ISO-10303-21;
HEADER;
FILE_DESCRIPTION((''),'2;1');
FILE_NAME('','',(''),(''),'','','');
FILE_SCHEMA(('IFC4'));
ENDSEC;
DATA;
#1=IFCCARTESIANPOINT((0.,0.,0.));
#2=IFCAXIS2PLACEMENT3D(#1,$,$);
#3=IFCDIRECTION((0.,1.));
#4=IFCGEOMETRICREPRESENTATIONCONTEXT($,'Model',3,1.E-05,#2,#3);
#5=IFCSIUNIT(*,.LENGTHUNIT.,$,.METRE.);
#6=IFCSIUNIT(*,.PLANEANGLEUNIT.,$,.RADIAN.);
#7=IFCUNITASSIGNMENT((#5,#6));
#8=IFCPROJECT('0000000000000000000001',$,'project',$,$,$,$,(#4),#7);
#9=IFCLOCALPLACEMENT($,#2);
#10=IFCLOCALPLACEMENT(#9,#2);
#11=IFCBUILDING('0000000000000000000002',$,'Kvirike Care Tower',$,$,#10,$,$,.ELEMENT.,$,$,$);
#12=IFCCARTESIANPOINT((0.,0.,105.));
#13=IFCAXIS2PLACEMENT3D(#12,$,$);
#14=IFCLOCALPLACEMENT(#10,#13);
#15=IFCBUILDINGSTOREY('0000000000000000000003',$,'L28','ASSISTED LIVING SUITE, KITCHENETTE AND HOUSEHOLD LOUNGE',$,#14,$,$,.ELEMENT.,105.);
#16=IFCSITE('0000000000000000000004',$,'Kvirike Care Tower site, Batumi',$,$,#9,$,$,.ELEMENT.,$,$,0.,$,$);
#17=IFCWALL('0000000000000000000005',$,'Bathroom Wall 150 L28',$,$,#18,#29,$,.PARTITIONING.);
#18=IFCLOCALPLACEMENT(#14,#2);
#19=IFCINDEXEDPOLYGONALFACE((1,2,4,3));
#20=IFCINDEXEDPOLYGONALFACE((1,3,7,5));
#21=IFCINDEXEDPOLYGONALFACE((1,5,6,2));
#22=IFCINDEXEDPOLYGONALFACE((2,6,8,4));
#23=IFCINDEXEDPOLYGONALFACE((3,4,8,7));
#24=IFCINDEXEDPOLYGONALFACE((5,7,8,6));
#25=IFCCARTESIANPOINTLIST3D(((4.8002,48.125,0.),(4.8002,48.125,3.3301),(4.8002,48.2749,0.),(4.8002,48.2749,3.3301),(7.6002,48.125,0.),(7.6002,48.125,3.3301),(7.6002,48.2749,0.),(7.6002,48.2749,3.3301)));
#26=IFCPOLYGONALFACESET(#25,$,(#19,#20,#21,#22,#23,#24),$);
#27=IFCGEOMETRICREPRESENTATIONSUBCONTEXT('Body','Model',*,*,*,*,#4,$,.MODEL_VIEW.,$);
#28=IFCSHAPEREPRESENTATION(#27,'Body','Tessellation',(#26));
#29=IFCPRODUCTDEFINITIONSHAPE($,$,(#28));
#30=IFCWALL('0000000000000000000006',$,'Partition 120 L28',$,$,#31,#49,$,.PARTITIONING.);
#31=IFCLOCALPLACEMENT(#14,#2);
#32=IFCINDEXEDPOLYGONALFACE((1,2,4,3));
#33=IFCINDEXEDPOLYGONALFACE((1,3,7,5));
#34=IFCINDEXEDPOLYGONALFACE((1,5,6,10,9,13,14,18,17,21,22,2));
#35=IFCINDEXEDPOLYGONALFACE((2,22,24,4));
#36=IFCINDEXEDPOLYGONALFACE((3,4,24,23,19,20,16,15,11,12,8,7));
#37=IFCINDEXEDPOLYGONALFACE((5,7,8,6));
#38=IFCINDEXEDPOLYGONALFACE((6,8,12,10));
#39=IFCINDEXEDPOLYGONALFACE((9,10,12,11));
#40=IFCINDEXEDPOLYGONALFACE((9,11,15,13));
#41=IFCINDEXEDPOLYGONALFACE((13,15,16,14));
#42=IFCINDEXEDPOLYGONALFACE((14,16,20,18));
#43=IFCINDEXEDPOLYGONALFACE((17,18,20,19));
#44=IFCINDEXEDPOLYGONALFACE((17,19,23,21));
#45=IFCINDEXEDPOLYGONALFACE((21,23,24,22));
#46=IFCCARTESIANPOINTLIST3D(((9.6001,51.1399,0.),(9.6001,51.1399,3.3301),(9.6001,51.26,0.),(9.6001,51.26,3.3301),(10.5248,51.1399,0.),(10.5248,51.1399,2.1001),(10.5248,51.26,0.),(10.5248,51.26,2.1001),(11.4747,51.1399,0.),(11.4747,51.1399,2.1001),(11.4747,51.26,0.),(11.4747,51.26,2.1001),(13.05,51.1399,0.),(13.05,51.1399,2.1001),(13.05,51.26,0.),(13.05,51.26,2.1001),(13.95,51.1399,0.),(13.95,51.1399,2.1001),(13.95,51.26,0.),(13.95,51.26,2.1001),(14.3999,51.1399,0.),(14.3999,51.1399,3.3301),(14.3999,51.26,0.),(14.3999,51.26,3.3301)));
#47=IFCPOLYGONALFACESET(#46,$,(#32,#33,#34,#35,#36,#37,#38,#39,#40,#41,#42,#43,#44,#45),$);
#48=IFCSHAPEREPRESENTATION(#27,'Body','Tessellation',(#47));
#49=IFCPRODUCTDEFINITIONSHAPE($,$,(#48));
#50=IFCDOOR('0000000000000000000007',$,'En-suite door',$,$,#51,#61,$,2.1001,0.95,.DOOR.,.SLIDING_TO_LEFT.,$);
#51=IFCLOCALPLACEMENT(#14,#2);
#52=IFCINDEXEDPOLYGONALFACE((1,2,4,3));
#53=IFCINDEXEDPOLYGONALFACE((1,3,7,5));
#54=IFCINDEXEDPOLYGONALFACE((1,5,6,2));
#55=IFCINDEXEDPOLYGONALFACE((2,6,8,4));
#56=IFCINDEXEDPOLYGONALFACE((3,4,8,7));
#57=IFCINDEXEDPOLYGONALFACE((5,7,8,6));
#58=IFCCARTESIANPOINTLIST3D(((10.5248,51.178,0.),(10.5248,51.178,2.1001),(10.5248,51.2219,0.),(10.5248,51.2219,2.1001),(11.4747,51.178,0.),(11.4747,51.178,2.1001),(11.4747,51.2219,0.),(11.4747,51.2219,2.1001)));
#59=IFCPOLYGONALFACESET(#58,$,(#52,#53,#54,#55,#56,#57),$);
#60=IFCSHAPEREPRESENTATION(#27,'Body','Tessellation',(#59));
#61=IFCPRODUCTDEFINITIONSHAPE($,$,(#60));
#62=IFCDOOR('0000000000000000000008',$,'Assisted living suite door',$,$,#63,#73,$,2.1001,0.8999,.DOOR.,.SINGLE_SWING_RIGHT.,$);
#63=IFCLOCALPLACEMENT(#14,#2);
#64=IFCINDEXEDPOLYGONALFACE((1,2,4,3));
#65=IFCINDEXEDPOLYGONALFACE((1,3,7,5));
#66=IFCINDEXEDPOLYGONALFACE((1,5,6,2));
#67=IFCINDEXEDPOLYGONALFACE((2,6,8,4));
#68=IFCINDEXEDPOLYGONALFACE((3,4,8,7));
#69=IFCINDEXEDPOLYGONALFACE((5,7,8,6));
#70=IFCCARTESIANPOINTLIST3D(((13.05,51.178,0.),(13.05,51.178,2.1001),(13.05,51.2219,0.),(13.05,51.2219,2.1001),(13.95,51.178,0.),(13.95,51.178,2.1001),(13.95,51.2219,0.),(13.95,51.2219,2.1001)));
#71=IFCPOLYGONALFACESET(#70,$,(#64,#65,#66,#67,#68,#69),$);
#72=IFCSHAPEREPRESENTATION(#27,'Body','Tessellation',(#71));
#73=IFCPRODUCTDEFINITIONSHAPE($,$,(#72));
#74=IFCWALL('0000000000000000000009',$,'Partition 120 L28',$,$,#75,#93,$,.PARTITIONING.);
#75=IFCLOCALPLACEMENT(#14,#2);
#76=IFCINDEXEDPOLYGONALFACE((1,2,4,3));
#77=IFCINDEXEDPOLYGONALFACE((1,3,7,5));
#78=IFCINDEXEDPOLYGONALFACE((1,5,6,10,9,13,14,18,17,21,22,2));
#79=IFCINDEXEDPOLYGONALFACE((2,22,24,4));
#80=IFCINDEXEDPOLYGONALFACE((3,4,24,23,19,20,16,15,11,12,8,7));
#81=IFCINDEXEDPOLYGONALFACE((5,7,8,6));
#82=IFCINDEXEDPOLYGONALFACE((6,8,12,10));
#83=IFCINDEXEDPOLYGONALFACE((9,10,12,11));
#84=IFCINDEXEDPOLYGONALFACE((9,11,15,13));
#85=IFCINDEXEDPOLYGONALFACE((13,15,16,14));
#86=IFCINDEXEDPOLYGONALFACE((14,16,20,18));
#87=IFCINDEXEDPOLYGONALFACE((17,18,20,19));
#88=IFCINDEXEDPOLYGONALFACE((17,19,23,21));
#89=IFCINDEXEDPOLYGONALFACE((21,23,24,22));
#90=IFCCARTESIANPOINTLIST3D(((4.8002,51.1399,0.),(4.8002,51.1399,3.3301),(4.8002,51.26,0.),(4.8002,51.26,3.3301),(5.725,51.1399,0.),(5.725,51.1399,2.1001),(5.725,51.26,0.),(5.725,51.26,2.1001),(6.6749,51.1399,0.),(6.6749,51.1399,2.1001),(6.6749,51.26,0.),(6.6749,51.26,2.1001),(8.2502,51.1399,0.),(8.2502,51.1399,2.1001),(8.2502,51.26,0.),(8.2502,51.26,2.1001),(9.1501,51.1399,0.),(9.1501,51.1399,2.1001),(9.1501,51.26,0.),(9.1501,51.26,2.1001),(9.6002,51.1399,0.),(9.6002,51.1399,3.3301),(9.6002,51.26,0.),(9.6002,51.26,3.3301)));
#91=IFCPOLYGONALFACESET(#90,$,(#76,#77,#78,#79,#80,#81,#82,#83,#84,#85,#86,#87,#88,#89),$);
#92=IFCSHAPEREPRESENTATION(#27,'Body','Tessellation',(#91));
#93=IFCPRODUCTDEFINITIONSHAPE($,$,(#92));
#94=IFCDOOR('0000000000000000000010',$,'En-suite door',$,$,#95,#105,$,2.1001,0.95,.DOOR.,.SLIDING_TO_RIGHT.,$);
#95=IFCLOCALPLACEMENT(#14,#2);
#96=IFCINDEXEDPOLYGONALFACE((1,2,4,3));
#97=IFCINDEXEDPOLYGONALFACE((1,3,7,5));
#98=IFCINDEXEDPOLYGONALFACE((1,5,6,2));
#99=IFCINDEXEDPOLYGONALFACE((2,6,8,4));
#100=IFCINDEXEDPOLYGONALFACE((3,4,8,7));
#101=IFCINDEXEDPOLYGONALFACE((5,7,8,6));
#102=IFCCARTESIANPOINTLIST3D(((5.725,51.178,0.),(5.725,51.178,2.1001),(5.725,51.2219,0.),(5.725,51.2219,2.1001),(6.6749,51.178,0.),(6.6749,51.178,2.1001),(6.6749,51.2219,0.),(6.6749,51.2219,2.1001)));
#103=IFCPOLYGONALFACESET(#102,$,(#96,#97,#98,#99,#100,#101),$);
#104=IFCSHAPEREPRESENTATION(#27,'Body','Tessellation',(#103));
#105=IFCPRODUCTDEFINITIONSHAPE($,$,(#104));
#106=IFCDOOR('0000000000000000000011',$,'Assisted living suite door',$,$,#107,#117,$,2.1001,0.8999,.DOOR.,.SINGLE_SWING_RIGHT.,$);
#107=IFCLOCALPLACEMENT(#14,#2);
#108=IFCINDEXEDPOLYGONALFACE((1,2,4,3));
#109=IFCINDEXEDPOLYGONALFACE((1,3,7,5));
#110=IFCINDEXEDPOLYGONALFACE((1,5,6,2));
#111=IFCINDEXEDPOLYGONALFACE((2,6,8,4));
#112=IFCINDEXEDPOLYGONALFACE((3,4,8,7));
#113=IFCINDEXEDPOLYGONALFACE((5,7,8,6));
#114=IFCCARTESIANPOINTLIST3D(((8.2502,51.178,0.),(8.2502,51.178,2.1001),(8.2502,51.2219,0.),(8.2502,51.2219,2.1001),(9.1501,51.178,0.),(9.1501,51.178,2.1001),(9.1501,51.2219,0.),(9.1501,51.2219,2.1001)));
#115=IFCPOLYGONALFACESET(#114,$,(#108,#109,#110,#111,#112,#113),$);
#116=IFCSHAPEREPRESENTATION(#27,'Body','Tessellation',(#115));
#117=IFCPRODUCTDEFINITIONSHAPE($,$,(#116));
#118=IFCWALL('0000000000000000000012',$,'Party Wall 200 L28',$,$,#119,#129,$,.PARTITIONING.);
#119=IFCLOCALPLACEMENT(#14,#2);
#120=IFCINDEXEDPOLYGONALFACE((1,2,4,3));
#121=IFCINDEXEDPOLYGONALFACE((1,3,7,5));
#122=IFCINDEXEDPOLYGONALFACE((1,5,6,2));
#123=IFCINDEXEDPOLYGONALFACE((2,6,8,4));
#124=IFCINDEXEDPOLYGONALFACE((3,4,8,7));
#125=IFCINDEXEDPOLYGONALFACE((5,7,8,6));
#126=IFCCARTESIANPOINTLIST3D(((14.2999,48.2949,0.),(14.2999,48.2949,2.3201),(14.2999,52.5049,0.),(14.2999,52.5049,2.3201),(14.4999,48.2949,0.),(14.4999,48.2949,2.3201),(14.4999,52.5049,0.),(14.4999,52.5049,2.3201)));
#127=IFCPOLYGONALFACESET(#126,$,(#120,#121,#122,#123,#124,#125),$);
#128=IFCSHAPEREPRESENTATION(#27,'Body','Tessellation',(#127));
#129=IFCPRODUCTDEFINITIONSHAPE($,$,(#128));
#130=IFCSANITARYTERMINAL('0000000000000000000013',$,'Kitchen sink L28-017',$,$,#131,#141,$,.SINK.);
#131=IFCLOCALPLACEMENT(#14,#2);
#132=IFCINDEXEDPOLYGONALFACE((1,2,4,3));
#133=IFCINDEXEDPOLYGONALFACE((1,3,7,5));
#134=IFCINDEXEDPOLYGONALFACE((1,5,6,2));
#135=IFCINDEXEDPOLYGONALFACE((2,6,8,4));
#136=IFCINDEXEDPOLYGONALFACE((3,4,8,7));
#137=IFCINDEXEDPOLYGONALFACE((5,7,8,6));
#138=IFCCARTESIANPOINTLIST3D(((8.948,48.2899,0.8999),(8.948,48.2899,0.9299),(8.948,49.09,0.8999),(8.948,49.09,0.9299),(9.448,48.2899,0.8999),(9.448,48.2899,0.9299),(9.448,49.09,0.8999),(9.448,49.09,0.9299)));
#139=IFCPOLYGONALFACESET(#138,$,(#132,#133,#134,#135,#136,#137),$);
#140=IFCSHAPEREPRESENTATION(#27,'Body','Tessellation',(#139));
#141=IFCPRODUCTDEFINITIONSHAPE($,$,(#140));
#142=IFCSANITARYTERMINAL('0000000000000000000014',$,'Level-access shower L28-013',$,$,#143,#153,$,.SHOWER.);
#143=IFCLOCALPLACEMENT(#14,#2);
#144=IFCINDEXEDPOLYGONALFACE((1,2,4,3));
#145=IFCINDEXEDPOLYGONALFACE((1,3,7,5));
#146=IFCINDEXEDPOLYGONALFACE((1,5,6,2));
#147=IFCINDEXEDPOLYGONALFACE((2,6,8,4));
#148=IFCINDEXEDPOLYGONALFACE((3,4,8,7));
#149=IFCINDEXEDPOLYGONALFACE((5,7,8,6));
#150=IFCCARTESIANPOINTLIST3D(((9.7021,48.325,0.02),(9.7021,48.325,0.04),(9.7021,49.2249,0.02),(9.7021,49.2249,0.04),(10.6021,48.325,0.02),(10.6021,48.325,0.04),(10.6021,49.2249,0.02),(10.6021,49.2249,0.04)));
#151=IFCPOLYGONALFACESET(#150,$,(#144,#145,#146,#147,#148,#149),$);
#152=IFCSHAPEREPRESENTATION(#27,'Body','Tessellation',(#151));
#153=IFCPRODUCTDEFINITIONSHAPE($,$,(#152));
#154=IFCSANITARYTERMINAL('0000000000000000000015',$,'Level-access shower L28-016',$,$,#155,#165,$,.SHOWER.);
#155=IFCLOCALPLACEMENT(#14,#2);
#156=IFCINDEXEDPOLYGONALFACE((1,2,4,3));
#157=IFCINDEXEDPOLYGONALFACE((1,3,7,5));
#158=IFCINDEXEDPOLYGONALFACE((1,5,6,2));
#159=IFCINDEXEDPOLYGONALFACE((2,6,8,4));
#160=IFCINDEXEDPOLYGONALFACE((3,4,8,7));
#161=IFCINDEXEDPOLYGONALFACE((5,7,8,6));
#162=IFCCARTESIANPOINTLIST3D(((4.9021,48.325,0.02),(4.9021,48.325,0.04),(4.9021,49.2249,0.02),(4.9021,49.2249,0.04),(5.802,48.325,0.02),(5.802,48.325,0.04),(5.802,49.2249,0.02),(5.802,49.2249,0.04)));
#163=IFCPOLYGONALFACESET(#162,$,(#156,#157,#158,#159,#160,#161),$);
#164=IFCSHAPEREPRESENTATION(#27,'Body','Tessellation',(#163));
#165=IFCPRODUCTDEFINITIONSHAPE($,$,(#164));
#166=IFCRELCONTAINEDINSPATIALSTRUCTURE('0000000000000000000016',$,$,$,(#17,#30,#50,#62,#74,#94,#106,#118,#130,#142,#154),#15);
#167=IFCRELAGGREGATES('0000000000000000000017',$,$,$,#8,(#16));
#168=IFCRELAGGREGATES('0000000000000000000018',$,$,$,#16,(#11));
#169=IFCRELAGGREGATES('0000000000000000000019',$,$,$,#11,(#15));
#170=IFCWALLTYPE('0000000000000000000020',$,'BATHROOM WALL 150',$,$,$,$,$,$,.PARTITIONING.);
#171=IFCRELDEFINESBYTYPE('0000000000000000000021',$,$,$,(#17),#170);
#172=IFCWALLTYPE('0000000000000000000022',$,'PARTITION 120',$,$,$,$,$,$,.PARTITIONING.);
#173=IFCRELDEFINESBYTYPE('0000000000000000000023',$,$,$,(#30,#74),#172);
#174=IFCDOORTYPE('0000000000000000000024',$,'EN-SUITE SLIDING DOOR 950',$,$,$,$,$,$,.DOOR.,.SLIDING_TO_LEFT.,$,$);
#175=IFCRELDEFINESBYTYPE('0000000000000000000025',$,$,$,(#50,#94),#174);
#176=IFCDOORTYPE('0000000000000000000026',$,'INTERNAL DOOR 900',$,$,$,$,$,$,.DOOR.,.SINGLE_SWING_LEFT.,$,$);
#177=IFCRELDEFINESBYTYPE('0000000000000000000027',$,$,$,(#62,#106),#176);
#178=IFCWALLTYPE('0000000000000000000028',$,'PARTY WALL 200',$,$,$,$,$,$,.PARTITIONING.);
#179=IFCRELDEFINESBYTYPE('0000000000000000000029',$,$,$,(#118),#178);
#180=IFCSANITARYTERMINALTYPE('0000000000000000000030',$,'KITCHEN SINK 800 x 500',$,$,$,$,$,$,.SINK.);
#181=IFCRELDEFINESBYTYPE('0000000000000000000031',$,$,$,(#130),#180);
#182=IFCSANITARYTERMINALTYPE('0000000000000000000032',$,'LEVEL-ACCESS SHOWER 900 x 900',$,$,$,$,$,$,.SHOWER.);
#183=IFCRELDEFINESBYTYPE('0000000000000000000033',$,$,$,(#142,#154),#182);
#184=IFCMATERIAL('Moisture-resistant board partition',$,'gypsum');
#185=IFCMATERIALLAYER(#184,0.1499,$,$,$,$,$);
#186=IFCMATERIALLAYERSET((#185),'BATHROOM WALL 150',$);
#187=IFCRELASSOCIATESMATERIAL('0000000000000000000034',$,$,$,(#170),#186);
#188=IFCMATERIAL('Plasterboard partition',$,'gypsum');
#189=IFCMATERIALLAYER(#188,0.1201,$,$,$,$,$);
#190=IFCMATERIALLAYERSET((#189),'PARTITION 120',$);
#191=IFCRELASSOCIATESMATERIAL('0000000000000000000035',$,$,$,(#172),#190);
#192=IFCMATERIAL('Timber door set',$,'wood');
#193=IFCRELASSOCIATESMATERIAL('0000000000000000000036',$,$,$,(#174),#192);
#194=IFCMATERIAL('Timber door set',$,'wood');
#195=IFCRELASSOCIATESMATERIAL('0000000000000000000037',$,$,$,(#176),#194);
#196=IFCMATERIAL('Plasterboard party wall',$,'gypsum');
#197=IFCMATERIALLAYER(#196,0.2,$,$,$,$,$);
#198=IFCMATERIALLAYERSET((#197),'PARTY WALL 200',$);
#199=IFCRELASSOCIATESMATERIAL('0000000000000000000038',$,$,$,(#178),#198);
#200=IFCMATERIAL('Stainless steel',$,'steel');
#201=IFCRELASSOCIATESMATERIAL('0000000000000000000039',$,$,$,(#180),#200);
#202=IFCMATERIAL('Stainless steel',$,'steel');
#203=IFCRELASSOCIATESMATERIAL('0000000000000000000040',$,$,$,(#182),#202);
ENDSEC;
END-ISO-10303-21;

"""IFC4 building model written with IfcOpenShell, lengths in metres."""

from ifc_helpers import new_model, si_unit, direction, frame, frame_2d, origin, origin_2d, place, context, subcontext, project, spatial, rectangle, extrude, material, layer, layer_set, type_object, element, fill, save


model = new_model("IFC4")

# Units and contexts
model_context = context("Model", 3, precision=1e-05, world=origin(), true_north=direction((0.0, 1.0)))
body_context = subcontext(model_context, "Body", "Model", "MODEL_VIEW")
ifc_project = project(units=[si_unit("LENGTHUNIT", "METRE"), si_unit("PLANEANGLEUNIT", "RADIAN")], contexts=[model_context])

# Site, building, storey
site_placement = place(None, origin())
site = spatial("IfcSite", under=ifc_project, at=site_placement, Name="Kvirike Care Tower site, Batumi", CompositionType="ELEMENT", RefElevation=0.0)
building_placement = place(site_placement, origin())
building = spatial("IfcBuilding", under=site, at=building_placement, Name="Kvirike Care Tower", CompositionType="ELEMENT")
storey_placement = place(building_placement, frame((0.0, 0.0, 105.0)))
storey = spatial("IfcBuildingStorey", under=building, at=storey_placement, Name="L28", Description="ASSISTED LIVING SUITE, KITCHENETTE AND HOUSEHOLD LOUNGE", CompositionType="ELEMENT", Elevation=105.0)

# Wall
ifc_material_1 = material(Name="Moisture-resistant board partition", Category="gypsum")
ifc_layer_1 = layer(ifc_material_1, 0.1499)
ifc_layer_set_1 = layer_set([ifc_layer_1], Name="BATHROOM WALL 150")
wall_type_1 = type_object("IfcWallType", Name="BATHROOM WALL 150", PredefinedType="PARTITIONING", material=ifc_layer_set_1)
wall_1_placement = place(storey_placement, frame((7.6001, 48.2, 0.0), z_axis=(0.0, 0.0, 1.0), x_axis=(-1.0, 0.0, 0.0)))
element("IfcWall", 1, at=wall_1_placement, inside=storey, type_object=wall_type_1, Name="Bathroom Wall 150 L28", PredefinedType="PARTITIONING", context=body_context, shape_type="SweptSolid", body=[
    extrude(rectangle(XDim=2.8, YDim=0.1499, at=frame_2d((1.3999, 0.0))), origin(), (0.0, 0.0, 1.0), 3.3301),
])

# Walls, openings, doors
ifc_material_2 = material(Name="Plasterboard partition", Category="gypsum")
ifc_layer_2 = layer(ifc_material_2, 0.1201)
ifc_layer_set_2 = layer_set([ifc_layer_2], Name="PARTITION 120")
wall_type_2 = type_object("IfcWallType", Name="PARTITION 120", PredefinedType="PARTITIONING", material=ifc_layer_set_2)
wall_2_placement = place(storey_placement, frame((14.3999, 51.2, 0.0), z_axis=(0.0, 0.0, 1.0), x_axis=(-1.0, 0.0, 0.0)))
wall_2 = element("IfcWall", 2, at=wall_2_placement, inside=storey, type_object=wall_type_2, Name="Partition 120 L28", PredefinedType="PARTITIONING", context=body_context, shape_type="SweptSolid", body=[
    extrude(rectangle(XDim=4.7998, YDim=0.1201, at=frame_2d((2.3999, 0.0))), origin(), (0.0, 0.0, 1.0), 3.3301),
])
opening_1_placement = place(wall_2_placement, frame((0.45, 0.0, 0.0)))
opening_1 = element("IfcOpeningElement", 3, at=opening_1_placement, cuts=wall_2, PredefinedType="OPENING", context=body_context, shape_type="SweptSolid", body=[
    extrude(rectangle(XDim=0.8999, YDim=2.1001, at=frame_2d((0.45, 1.05))), frame((0.0, 0.0706, 0.0), z_axis=(0.0, -1.0, 0.0), x_axis=(1.0, 0.0, 0.0)), (0.0, 0.0, 1.0), 0.1411),
])
opening_2_placement = place(wall_2_placement, frame((2.925, 0.0, 0.0)))
opening_2 = element("IfcOpeningElement", 4, at=opening_2_placement, cuts=wall_2, PredefinedType="OPENING", context=body_context, shape_type="SweptSolid", body=[
    extrude(rectangle(XDim=0.95, YDim=2.1001, at=frame_2d((0.4751, 1.05))), frame((0.0, 0.0706, 0.0), z_axis=(0.0, -1.0, 0.0), x_axis=(1.0, 0.0, 0.0)), (0.0, 0.0, 1.0), 0.1411),
])
ifc_material_3 = material(Name="Timber door set", Category="wood")
door_type_1 = type_object("IfcDoorType", Name="EN-SUITE SLIDING DOOR 950", OperationType="SLIDING_TO_LEFT", PredefinedType="DOOR", material=ifc_material_3)
door_1_placement = place(opening_2_placement, origin())
door_1 = element("IfcDoor", 5, at=door_1_placement, inside=storey, type_object=door_type_1, Name="En-suite door", OperationType="SLIDING_TO_LEFT", OverallHeight=2.1001, OverallWidth=0.95, PredefinedType="DOOR", context=body_context, shape_type="SweptSolid", body=[
    extrude(rectangle(XDim=0.95, YDim=2.1001, at=frame_2d((0.4751, 1.05))), frame((0.0, 0.022, 0.0), z_axis=(0.0, -1.0, 0.0), x_axis=(1.0, 0.0, 0.0)), (0.0, 0.0, 1.0), 0.0439),
])
fill(opening_2, door_1)
ifc_material_4 = material(Name="Timber door set", Category="wood")
door_type_2 = type_object("IfcDoorType", Name="INTERNAL DOOR 900", OperationType="SINGLE_SWING_LEFT", PredefinedType="DOOR", material=ifc_material_4)
door_2_placement = place(opening_1_placement, origin())
door_2 = element("IfcDoor", 6, at=door_2_placement, inside=storey, type_object=door_type_2, Name="Assisted living suite door", OperationType="SINGLE_SWING_RIGHT", OverallHeight=2.1001, OverallWidth=0.8999, PredefinedType="DOOR", context=body_context, shape_type="SweptSolid", body=[
    extrude(rectangle(XDim=0.8999, YDim=2.1001, at=frame_2d((0.45, 1.05))), frame((0.0, 0.022, 0.0), z_axis=(0.0, -1.0, 0.0), x_axis=(1.0, 0.0, 0.0)), (0.0, 0.0, 1.0), 0.0439),
])
fill(opening_1, door_2)
wall_3_placement = place(storey_placement, frame((9.6001, 51.2, 0.0), z_axis=(0.0, 0.0, 1.0), x_axis=(-1.0, 0.0, 0.0)))
wall_3 = element("IfcWall", 7, at=wall_3_placement, inside=storey, type_object=wall_type_2, Name="Partition 120 L28", PredefinedType="PARTITIONING", context=body_context, shape_type="SweptSolid", body=[
    extrude(rectangle(XDim=4.8, YDim=0.1201, at=frame_2d((2.3999, 0.0))), origin(), (0.0, 0.0, 1.0), 3.3301),
])
opening_3_placement = place(wall_3_placement, frame((0.45, 0.0, 0.0)))
opening_3 = element("IfcOpeningElement", 8, at=opening_3_placement, cuts=wall_3, PredefinedType="OPENING", context=body_context, shape_type="SweptSolid", body=[
    extrude(rectangle(XDim=0.8999, YDim=2.1001, at=frame_2d((0.45, 1.05))), frame((0.0, 0.0706, 0.0), z_axis=(0.0, -1.0, 0.0), x_axis=(1.0, 0.0, 0.0)), (0.0, 0.0, 1.0), 0.1411),
])
opening_4_placement = place(wall_3_placement, frame((2.925, 0.0, 0.0)))
opening_4 = element("IfcOpeningElement", 9, at=opening_4_placement, cuts=wall_3, PredefinedType="OPENING", context=body_context, shape_type="SweptSolid", body=[
    extrude(rectangle(XDim=0.95, YDim=2.1001, at=frame_2d((0.4751, 1.05))), frame((0.0, 0.0706, 0.0), z_axis=(0.0, -1.0, 0.0), x_axis=(1.0, 0.0, 0.0)), (0.0, 0.0, 1.0), 0.1411),
])
door_3_placement = place(opening_4_placement, origin())
door_3 = element("IfcDoor", 10, at=door_3_placement, inside=storey, type_object=door_type_1, Name="En-suite door", OperationType="SLIDING_TO_RIGHT", OverallHeight=2.1001, OverallWidth=0.95, PredefinedType="DOOR", context=body_context, shape_type="SweptSolid", body=[
    extrude(rectangle(XDim=0.95, YDim=2.1001, at=frame_2d((0.4751, 1.05))), frame((0.0, 0.022, 0.0), z_axis=(0.0, -1.0, 0.0), x_axis=(1.0, 0.0, 0.0)), (0.0, 0.0, 1.0), 0.0439),
])
fill(opening_4, door_3)
door_4_placement = place(opening_3_placement, origin())
door_4 = element("IfcDoor", 11, at=door_4_placement, inside=storey, type_object=door_type_2, Name="Assisted living suite door", OperationType="SINGLE_SWING_RIGHT", OverallHeight=2.1001, OverallWidth=0.8999, PredefinedType="DOOR", context=body_context, shape_type="SweptSolid", body=[
    extrude(rectangle(XDim=0.8999, YDim=2.1001, at=frame_2d((0.45, 1.05))), frame((0.0, 0.022, 0.0), z_axis=(0.0, -1.0, 0.0), x_axis=(1.0, 0.0, 0.0)), (0.0, 0.0, 1.0), 0.0439),
])
fill(opening_3, door_4)

# Wall
ifc_material_5 = material(Name="Plasterboard party wall", Category="gypsum")
ifc_layer_3 = layer(ifc_material_5, 0.2)
ifc_layer_set_3 = layer_set([ifc_layer_3], Name="PARTY WALL 200")
wall_type_3 = type_object("IfcWallType", Name="PARTY WALL 200", PredefinedType="PARTITIONING", material=ifc_layer_set_3)
wall_4_placement = place(storey_placement, frame((14.3999, 48.2949, 0.0), z_axis=(0.0, 0.0, 1.0), x_axis=(0.0, 1.0, 0.0)))
element("IfcWall", 12, at=wall_4_placement, inside=storey, type_object=wall_type_3, Name="Party Wall 200 L28", PredefinedType="PARTITIONING", context=body_context, shape_type="SweptSolid", body=[
    extrude(rectangle(XDim=4.21, YDim=0.2, at=frame_2d((2.105, 0.0))), origin(), (0.0, 0.0, 1.0), 2.3201),
])

# Sanitary terminals
ifc_material_6 = material(Name="Stainless steel", Category="steel")
sanitary_terminal_type_1 = type_object("IfcSanitaryTerminalType", Name="KITCHEN SINK 800 x 500", PredefinedType="SINK", material=ifc_material_6)
sanitary_terminal_placement = place(storey_placement, frame((9.198, 48.6899, 0.8999), z_axis=(0.0, 0.0, 1.0), x_axis=(0.0, -1.0, 0.0)))
element("IfcSanitaryTerminal", 13, at=sanitary_terminal_placement, inside=storey, type_object=sanitary_terminal_type_1, Name="Kitchen sink L28-017", PredefinedType="SINK", context=body_context, shape_type="SweptSolid", body=[
    extrude(rectangle(XDim=0.8, YDim=0.5, at=origin_2d()), origin(), (0.0, 0.0, 1.0), 0.03),
])
ifc_material_7 = material(Name="Stainless steel", Category="steel")
sanitary_terminal_type_2 = type_object("IfcSanitaryTerminalType", Name="LEVEL-ACCESS SHOWER 900 x 900", PredefinedType="SHOWER", material=ifc_material_7)
for number, where, z_axis, x_axis, name in (
    (14, (10.1521, 48.7749, 0.02), (0.0, 0.0, 1.0), (0.0, 1.0, 0.0), "Level-access shower L28-013"),
    (15, (5.3521, 48.7749, 0.02), (0.0, 0.0, 1.0), (0.0, 1.0, 0.0), "Level-access shower L28-016"),
):
    element("IfcSanitaryTerminal", number, at=place(storey_placement, frame(where, z_axis=z_axis, x_axis=x_axis)), inside=storey, type_object=sanitary_terminal_type_2, Name=name, PredefinedType="SHOWER", context=body_context, shape_type="SweptSolid", body=[
        extrude(rectangle(XDim=0.8999, YDim=0.8999, at=origin_2d()), origin(), (0.0, 0.0, 1.0), 0.02),
    ])

save(model, "model.ifc")
